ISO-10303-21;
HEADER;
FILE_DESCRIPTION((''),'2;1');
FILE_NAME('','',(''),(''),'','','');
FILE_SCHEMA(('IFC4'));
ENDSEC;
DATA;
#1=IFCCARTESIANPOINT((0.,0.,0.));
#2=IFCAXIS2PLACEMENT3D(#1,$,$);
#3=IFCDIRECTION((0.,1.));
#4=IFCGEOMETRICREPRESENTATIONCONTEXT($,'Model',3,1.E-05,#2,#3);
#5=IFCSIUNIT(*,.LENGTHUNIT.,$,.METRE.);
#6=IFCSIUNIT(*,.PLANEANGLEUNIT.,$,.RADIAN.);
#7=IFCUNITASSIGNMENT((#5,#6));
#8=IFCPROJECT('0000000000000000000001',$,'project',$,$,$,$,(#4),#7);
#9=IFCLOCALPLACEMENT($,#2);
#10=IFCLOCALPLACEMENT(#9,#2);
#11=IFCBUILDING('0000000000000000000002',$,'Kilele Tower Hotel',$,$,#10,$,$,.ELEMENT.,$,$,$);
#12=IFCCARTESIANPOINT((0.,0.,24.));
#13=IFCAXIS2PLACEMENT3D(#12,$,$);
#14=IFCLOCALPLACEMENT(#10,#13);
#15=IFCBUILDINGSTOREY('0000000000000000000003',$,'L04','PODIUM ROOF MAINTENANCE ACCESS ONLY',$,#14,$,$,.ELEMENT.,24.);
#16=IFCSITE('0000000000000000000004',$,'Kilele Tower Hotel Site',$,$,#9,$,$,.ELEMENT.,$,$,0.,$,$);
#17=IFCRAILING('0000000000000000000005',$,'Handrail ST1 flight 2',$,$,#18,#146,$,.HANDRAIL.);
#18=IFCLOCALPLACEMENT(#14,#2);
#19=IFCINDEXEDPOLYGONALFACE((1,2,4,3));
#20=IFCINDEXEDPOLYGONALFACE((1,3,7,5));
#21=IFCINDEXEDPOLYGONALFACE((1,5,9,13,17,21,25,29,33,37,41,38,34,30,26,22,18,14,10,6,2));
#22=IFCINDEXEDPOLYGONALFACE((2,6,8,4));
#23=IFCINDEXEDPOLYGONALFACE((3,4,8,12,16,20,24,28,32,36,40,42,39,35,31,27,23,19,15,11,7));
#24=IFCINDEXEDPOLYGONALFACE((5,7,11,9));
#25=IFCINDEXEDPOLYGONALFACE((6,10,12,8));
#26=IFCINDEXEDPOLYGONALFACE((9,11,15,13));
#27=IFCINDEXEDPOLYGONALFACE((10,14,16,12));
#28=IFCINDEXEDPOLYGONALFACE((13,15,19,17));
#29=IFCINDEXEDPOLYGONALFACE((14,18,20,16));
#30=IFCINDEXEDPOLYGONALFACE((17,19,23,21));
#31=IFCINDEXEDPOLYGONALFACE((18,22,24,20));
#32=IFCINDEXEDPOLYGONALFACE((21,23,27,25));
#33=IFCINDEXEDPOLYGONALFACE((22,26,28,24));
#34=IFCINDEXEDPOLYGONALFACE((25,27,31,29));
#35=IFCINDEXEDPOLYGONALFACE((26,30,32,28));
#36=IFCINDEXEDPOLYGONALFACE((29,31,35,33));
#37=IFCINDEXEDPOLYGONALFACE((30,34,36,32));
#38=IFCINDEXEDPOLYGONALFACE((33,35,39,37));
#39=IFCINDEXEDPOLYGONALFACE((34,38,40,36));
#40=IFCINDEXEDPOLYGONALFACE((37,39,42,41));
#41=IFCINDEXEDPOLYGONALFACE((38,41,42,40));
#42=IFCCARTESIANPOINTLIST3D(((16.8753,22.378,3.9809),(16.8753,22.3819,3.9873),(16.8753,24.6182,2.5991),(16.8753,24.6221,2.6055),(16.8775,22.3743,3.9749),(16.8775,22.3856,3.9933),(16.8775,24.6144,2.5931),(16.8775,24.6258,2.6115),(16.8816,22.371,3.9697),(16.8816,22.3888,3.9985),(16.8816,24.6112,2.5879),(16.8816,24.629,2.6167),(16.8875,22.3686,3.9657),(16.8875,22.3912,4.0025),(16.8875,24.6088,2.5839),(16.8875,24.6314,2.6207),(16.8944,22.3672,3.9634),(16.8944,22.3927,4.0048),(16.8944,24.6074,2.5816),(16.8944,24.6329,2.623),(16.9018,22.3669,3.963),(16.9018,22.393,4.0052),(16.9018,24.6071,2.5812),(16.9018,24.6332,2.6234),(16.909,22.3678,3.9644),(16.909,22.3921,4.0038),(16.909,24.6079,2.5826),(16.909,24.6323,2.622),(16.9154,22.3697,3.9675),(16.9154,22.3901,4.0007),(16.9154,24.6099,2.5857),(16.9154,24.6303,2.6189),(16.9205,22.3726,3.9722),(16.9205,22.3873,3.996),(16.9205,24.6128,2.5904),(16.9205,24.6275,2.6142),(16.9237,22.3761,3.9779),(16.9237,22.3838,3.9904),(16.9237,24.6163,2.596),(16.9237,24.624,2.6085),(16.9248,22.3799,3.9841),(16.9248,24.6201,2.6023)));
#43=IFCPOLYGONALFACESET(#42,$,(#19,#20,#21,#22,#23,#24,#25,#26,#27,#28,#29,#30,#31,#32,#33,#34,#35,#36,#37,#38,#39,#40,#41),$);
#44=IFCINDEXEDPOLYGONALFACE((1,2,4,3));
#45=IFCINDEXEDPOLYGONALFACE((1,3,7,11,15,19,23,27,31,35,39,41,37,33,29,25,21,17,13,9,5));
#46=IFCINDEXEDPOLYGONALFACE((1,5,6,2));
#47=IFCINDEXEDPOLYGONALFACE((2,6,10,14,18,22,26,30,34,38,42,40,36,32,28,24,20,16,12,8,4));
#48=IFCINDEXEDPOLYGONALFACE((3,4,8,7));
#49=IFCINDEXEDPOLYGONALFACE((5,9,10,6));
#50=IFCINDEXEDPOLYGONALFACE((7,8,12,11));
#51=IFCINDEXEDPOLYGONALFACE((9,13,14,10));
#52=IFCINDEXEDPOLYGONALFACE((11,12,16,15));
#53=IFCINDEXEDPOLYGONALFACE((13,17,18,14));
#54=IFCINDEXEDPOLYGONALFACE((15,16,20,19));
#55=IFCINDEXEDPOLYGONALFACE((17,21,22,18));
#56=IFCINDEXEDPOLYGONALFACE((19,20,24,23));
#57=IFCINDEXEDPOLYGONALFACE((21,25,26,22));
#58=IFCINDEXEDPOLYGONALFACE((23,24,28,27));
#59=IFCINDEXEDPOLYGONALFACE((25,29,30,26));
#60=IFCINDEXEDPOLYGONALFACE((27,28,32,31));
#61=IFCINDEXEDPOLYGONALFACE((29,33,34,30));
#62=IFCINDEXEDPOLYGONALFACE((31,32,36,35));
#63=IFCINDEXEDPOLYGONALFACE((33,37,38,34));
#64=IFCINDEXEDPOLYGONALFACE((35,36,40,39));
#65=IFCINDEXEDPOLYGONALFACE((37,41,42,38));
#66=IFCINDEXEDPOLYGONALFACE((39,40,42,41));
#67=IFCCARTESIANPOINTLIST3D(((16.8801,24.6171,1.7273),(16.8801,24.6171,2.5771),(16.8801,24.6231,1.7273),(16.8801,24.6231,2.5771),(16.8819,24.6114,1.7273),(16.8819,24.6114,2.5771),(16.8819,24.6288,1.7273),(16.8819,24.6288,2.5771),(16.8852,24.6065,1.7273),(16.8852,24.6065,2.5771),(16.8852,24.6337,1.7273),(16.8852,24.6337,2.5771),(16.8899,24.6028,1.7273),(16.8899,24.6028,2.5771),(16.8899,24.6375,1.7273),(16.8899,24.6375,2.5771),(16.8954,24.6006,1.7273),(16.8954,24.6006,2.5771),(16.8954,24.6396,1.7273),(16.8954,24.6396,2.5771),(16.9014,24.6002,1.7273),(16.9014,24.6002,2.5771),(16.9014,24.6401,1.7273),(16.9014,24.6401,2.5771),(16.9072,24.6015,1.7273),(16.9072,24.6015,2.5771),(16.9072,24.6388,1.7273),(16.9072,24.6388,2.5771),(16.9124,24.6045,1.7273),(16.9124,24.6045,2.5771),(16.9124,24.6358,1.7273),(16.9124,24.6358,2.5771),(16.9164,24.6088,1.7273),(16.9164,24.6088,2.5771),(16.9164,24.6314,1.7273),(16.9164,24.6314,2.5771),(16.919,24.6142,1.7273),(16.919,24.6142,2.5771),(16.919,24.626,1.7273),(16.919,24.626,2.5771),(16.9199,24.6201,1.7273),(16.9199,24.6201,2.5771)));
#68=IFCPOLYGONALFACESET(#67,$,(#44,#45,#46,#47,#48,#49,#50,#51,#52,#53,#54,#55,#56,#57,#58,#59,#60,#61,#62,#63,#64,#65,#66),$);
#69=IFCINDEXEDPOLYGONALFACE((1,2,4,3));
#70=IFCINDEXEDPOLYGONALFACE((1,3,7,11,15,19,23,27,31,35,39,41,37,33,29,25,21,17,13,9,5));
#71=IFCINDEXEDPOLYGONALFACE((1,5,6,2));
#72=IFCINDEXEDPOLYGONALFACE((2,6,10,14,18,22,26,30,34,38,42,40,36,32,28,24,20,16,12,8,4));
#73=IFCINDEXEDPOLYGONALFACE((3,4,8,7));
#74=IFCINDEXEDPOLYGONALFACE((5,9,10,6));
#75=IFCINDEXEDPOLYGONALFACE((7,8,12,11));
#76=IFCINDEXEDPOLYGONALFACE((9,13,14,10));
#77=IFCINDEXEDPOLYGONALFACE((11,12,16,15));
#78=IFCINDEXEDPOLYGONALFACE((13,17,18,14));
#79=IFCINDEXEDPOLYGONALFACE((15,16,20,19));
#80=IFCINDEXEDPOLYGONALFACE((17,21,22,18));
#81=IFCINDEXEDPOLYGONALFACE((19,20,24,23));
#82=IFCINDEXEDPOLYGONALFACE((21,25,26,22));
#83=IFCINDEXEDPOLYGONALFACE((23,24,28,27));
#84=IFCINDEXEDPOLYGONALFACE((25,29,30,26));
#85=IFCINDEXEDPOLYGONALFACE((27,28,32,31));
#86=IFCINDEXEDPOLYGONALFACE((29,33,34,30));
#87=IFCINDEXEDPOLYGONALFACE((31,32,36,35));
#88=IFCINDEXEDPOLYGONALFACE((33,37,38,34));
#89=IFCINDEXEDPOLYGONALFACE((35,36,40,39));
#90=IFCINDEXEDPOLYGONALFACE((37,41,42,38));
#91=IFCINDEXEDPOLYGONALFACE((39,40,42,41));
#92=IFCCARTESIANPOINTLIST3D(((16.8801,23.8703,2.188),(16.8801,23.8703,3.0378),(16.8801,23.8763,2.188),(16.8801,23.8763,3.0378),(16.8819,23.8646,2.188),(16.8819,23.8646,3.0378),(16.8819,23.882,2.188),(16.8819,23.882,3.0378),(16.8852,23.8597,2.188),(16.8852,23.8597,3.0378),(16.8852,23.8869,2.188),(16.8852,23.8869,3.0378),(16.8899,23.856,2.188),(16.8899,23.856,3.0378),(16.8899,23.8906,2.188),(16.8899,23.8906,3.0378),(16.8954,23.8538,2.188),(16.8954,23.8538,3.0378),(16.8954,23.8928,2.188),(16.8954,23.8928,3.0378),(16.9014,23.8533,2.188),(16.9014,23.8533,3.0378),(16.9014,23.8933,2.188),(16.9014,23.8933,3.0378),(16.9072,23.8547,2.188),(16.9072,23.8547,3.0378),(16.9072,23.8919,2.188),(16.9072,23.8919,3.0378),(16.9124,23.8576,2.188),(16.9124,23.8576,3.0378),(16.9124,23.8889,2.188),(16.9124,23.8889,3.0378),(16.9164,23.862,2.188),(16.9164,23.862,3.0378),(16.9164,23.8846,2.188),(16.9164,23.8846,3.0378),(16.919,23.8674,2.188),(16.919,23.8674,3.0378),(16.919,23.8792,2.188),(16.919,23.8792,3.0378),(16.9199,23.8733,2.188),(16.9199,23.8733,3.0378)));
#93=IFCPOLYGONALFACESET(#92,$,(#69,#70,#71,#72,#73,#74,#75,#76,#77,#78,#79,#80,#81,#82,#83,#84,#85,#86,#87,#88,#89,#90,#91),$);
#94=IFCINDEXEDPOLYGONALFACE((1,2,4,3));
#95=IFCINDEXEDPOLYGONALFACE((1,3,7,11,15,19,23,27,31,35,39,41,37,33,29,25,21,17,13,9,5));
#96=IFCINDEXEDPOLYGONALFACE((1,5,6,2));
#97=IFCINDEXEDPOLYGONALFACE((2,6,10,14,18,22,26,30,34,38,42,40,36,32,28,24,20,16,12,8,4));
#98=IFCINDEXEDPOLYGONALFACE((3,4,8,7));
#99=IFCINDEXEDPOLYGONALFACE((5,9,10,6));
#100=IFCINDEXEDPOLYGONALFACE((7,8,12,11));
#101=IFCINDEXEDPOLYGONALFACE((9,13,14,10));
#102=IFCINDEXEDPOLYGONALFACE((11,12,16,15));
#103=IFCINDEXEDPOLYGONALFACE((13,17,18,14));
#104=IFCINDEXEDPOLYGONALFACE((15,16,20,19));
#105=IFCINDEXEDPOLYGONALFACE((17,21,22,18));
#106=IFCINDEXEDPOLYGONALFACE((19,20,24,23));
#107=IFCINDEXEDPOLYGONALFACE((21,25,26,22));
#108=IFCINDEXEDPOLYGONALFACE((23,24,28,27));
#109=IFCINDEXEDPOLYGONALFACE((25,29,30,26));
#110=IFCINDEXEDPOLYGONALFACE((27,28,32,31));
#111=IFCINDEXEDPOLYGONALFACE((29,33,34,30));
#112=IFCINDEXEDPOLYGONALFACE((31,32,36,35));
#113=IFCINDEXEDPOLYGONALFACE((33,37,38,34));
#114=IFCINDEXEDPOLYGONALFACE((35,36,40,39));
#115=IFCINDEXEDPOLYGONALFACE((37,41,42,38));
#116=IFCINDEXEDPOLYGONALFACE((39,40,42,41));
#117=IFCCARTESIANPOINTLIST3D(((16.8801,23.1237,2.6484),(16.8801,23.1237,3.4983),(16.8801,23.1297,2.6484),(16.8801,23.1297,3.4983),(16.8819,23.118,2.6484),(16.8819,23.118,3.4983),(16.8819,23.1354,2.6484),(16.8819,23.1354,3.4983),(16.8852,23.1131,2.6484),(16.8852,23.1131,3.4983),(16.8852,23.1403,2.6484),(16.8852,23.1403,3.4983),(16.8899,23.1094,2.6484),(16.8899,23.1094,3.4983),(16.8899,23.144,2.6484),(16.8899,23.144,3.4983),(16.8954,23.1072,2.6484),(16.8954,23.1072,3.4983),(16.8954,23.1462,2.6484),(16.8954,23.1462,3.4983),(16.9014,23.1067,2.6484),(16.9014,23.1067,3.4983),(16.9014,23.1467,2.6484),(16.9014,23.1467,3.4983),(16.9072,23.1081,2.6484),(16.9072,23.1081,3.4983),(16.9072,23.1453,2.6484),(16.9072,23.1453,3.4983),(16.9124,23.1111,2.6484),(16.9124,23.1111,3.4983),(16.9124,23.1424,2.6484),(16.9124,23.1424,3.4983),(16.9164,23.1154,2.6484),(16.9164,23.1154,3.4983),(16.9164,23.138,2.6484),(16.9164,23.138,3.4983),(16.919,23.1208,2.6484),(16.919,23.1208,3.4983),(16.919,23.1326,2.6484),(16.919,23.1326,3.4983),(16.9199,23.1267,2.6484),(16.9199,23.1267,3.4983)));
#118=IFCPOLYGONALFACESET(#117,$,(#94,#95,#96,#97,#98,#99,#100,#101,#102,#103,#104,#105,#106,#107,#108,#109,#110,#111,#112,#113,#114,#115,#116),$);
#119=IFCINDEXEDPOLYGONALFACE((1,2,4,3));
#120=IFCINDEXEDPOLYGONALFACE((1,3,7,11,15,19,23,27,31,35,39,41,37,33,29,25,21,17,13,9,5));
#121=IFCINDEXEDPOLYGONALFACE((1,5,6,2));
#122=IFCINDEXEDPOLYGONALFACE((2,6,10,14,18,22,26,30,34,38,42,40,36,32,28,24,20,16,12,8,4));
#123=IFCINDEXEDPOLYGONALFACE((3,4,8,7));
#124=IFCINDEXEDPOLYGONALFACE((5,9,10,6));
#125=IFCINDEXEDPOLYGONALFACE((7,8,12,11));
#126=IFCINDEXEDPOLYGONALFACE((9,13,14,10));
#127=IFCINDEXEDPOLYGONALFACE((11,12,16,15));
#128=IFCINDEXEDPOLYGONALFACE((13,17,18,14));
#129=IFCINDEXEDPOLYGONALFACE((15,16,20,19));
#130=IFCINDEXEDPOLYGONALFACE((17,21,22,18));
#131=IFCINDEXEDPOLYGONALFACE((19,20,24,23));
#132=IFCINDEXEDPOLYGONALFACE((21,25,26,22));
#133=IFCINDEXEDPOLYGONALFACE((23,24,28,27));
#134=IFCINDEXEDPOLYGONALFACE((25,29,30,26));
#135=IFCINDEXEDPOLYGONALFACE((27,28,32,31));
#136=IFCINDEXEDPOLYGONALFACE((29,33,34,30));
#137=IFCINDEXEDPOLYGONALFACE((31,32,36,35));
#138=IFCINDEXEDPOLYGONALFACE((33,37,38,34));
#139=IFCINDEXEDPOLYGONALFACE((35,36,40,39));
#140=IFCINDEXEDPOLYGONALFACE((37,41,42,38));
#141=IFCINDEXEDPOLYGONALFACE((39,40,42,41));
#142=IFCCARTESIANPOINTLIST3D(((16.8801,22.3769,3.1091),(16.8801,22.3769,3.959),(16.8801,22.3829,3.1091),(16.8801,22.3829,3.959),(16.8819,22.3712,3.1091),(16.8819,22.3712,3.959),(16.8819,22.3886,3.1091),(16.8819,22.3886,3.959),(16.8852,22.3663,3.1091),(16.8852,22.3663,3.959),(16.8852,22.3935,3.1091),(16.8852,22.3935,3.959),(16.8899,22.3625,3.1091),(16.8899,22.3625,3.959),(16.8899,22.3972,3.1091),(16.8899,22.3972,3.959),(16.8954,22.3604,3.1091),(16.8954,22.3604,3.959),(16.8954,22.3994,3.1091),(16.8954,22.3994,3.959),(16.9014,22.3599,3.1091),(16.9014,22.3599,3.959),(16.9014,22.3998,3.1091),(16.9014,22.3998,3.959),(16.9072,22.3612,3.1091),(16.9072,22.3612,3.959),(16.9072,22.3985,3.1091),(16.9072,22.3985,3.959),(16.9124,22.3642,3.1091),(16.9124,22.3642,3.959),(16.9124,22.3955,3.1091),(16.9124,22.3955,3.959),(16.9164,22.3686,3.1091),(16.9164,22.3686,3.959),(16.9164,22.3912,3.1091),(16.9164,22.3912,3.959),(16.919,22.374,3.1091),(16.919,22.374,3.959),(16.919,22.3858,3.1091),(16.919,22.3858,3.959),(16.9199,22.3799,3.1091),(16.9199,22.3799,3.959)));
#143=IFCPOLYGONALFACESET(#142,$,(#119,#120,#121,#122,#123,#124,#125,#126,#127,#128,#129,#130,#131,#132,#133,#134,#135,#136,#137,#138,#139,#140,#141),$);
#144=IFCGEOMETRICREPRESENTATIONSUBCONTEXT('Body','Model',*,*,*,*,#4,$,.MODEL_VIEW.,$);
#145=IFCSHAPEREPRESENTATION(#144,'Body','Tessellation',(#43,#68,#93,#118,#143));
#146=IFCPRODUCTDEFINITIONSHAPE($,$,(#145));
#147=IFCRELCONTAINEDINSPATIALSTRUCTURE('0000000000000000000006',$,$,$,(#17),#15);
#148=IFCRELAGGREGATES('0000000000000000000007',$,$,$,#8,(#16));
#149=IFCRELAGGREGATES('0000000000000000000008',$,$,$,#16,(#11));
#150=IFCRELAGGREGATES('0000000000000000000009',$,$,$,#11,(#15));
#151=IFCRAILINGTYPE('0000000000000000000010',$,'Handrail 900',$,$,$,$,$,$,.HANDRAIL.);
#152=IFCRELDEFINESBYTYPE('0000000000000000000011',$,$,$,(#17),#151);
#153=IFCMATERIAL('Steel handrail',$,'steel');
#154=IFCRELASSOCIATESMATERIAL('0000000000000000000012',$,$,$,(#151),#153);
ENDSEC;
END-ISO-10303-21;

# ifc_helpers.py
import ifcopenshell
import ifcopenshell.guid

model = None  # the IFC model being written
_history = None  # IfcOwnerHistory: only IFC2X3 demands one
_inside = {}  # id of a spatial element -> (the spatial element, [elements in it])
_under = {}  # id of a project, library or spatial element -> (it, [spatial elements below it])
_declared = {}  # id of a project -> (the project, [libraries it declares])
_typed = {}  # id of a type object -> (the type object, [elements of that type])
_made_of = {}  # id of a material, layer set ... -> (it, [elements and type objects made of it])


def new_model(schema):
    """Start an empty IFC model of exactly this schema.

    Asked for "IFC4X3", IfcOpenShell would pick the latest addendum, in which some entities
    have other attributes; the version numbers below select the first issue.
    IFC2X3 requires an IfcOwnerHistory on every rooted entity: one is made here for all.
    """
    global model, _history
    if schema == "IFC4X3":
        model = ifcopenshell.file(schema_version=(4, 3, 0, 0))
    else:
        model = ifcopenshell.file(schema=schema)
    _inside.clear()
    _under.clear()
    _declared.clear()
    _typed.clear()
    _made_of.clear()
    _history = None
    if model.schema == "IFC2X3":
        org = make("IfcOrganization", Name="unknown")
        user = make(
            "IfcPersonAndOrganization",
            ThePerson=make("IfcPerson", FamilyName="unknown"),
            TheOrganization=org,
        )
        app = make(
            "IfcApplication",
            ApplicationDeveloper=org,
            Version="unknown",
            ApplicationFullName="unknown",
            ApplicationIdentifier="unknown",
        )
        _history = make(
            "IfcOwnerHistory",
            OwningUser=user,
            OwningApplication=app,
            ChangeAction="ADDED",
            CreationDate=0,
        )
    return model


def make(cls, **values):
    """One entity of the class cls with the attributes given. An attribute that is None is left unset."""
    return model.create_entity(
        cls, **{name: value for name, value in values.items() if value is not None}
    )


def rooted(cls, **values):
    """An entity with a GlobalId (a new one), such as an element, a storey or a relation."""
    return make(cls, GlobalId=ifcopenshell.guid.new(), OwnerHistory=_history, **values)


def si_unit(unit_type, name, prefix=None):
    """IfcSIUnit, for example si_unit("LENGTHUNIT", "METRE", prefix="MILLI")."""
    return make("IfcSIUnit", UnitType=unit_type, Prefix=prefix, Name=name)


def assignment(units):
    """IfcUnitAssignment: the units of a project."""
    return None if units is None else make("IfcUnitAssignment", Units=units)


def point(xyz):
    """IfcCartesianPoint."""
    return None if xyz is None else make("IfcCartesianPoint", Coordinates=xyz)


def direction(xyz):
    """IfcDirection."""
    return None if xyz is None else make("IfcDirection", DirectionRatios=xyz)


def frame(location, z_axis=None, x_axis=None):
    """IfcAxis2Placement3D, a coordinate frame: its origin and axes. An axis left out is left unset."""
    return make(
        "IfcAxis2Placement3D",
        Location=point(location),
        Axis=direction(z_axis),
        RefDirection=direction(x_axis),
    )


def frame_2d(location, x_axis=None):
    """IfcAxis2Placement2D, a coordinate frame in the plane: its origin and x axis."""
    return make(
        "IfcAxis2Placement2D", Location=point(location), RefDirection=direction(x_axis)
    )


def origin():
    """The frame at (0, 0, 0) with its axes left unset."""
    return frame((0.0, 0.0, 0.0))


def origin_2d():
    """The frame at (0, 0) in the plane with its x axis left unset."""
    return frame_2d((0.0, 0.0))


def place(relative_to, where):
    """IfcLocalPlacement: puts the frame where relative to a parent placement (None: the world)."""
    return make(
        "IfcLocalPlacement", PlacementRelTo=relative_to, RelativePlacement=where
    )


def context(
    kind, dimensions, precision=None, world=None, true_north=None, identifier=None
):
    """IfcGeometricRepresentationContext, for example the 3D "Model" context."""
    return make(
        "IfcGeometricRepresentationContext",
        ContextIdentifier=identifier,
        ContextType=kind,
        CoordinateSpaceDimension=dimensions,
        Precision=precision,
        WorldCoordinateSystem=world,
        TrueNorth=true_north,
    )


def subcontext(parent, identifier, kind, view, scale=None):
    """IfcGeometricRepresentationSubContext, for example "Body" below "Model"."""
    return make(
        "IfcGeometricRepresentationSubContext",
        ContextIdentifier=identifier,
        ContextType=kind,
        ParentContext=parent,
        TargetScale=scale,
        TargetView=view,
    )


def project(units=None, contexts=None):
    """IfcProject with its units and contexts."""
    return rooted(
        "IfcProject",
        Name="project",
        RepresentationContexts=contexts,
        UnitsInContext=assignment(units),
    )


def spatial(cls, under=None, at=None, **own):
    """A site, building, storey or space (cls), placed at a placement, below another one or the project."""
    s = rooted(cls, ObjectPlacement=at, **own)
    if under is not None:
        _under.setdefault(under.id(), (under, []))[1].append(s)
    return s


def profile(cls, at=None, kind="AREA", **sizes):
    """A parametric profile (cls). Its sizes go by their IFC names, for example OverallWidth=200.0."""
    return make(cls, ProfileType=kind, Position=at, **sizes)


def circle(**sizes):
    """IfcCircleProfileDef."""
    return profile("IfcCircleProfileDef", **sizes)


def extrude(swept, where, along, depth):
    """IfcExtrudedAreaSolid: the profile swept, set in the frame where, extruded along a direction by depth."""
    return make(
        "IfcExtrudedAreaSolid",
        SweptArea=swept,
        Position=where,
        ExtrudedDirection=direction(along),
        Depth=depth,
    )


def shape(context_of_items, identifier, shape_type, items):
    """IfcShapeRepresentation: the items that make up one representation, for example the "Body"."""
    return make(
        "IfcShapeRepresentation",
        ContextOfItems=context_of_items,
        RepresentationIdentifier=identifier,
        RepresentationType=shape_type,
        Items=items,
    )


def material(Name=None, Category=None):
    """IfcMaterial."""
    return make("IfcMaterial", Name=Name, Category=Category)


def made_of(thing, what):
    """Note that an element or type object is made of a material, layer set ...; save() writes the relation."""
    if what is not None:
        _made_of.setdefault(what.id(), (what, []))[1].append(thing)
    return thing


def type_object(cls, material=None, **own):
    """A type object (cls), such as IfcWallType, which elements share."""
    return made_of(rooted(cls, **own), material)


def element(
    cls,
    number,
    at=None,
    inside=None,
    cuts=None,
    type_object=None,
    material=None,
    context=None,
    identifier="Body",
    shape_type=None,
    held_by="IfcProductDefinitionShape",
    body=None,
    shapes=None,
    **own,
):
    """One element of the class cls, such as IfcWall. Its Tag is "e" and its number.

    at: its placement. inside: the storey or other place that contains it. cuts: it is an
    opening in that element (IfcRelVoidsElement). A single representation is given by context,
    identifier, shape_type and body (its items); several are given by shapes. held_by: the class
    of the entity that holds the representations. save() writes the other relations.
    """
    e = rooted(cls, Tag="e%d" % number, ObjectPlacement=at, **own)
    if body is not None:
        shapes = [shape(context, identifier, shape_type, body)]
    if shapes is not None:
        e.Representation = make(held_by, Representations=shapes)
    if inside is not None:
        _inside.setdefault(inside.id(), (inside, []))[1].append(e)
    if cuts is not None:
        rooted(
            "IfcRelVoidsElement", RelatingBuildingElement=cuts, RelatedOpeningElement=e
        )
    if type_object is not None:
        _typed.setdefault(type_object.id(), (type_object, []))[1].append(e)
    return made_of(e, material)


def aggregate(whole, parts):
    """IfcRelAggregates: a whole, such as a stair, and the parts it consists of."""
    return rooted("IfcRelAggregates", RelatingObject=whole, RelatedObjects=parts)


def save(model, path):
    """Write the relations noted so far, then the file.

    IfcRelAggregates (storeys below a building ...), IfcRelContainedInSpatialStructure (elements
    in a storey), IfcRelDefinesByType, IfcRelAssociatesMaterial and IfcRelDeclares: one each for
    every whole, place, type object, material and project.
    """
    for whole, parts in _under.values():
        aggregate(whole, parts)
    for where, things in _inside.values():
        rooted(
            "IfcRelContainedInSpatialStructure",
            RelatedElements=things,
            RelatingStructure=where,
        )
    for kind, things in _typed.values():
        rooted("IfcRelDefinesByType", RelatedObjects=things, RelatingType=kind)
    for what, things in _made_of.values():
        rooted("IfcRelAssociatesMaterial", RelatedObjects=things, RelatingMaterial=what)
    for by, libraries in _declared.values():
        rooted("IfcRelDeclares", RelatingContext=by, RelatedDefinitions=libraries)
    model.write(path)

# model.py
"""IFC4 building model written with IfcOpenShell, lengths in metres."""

from ifc_helpers import new_model, si_unit, direction, frame, origin, origin_2d, place, context, subcontext, project, spatial, circle, extrude, material, type_object, element, save


model = new_model("IFC4")

# Units and contexts
model_context = context("Model", 3, precision=1e-05, world=origin(), true_north=direction((0.0, 1.0)))
body_context = subcontext(model_context, "Body", "Model", "MODEL_VIEW")
ifc_project = project(units=[si_unit("LENGTHUNIT", "METRE"), si_unit("PLANEANGLEUNIT", "RADIAN")], contexts=[model_context])

# Site, building, storey
site_placement = place(None, origin())
site = spatial("IfcSite", under=ifc_project, at=site_placement, Name="Kilele Tower Hotel Site", CompositionType="ELEMENT", RefElevation=0.0)
building_placement = place(site_placement, origin())
building = spatial("IfcBuilding", under=site, at=building_placement, Name="Kilele Tower Hotel", CompositionType="ELEMENT")
storey_placement = place(building_placement, frame((0.0, 0.0, 24.0)))
storey = spatial("IfcBuildingStorey", under=building, at=storey_placement, Name="L04", Description="PODIUM ROOF MAINTENANCE ACCESS ONLY", CompositionType="ELEMENT", Elevation=24.0)

# Railing
ifc_material_1 = material(Name="Steel handrail", Category="steel")
railing_type_1 = type_object("IfcRailingType", Name="Handrail 900", PredefinedType="HANDRAIL", material=ifc_material_1)
for number, where, name in (
    (1, (16.8999, 24.6201, 1.7273), "Handrail ST1 flight 2"),
):
    element("IfcRailing", number, at=place(storey_placement, frame(where)), inside=storey, type_object=railing_type_1, Name=name, PredefinedType="HANDRAIL", context=body_context, shape_type="SweptSolid", body=[
        extrude(circle(Radius=0.0249, at=origin_2d()), frame((0.0, 0.0, 0.875), z_axis=(0.0, -0.85111, 0.524987), x_axis=(1.0, 0.0, 0.0)), (0.0, 0.0, 1.0), 2.6321),
        extrude(circle(Radius=0.02, at=origin_2d()), origin(), (0.0, 0.0, 1.0), 0.8499),
        extrude(circle(Radius=0.02, at=origin_2d()), frame((0.0, -0.7468, 0.4607)), (0.0, 0.0, 1.0), 0.8499),
        extrude(circle(Radius=0.02, at=origin_2d()), frame((0.0, -1.4934, 0.9211)), (0.0, 0.0, 1.0), 0.8499),
        extrude(circle(Radius=0.02, at=origin_2d()), frame((0.0, -2.2402, 1.3818)), (0.0, 0.0, 1.0), 0.8499),
    ])

save(model, "model.ifc")
